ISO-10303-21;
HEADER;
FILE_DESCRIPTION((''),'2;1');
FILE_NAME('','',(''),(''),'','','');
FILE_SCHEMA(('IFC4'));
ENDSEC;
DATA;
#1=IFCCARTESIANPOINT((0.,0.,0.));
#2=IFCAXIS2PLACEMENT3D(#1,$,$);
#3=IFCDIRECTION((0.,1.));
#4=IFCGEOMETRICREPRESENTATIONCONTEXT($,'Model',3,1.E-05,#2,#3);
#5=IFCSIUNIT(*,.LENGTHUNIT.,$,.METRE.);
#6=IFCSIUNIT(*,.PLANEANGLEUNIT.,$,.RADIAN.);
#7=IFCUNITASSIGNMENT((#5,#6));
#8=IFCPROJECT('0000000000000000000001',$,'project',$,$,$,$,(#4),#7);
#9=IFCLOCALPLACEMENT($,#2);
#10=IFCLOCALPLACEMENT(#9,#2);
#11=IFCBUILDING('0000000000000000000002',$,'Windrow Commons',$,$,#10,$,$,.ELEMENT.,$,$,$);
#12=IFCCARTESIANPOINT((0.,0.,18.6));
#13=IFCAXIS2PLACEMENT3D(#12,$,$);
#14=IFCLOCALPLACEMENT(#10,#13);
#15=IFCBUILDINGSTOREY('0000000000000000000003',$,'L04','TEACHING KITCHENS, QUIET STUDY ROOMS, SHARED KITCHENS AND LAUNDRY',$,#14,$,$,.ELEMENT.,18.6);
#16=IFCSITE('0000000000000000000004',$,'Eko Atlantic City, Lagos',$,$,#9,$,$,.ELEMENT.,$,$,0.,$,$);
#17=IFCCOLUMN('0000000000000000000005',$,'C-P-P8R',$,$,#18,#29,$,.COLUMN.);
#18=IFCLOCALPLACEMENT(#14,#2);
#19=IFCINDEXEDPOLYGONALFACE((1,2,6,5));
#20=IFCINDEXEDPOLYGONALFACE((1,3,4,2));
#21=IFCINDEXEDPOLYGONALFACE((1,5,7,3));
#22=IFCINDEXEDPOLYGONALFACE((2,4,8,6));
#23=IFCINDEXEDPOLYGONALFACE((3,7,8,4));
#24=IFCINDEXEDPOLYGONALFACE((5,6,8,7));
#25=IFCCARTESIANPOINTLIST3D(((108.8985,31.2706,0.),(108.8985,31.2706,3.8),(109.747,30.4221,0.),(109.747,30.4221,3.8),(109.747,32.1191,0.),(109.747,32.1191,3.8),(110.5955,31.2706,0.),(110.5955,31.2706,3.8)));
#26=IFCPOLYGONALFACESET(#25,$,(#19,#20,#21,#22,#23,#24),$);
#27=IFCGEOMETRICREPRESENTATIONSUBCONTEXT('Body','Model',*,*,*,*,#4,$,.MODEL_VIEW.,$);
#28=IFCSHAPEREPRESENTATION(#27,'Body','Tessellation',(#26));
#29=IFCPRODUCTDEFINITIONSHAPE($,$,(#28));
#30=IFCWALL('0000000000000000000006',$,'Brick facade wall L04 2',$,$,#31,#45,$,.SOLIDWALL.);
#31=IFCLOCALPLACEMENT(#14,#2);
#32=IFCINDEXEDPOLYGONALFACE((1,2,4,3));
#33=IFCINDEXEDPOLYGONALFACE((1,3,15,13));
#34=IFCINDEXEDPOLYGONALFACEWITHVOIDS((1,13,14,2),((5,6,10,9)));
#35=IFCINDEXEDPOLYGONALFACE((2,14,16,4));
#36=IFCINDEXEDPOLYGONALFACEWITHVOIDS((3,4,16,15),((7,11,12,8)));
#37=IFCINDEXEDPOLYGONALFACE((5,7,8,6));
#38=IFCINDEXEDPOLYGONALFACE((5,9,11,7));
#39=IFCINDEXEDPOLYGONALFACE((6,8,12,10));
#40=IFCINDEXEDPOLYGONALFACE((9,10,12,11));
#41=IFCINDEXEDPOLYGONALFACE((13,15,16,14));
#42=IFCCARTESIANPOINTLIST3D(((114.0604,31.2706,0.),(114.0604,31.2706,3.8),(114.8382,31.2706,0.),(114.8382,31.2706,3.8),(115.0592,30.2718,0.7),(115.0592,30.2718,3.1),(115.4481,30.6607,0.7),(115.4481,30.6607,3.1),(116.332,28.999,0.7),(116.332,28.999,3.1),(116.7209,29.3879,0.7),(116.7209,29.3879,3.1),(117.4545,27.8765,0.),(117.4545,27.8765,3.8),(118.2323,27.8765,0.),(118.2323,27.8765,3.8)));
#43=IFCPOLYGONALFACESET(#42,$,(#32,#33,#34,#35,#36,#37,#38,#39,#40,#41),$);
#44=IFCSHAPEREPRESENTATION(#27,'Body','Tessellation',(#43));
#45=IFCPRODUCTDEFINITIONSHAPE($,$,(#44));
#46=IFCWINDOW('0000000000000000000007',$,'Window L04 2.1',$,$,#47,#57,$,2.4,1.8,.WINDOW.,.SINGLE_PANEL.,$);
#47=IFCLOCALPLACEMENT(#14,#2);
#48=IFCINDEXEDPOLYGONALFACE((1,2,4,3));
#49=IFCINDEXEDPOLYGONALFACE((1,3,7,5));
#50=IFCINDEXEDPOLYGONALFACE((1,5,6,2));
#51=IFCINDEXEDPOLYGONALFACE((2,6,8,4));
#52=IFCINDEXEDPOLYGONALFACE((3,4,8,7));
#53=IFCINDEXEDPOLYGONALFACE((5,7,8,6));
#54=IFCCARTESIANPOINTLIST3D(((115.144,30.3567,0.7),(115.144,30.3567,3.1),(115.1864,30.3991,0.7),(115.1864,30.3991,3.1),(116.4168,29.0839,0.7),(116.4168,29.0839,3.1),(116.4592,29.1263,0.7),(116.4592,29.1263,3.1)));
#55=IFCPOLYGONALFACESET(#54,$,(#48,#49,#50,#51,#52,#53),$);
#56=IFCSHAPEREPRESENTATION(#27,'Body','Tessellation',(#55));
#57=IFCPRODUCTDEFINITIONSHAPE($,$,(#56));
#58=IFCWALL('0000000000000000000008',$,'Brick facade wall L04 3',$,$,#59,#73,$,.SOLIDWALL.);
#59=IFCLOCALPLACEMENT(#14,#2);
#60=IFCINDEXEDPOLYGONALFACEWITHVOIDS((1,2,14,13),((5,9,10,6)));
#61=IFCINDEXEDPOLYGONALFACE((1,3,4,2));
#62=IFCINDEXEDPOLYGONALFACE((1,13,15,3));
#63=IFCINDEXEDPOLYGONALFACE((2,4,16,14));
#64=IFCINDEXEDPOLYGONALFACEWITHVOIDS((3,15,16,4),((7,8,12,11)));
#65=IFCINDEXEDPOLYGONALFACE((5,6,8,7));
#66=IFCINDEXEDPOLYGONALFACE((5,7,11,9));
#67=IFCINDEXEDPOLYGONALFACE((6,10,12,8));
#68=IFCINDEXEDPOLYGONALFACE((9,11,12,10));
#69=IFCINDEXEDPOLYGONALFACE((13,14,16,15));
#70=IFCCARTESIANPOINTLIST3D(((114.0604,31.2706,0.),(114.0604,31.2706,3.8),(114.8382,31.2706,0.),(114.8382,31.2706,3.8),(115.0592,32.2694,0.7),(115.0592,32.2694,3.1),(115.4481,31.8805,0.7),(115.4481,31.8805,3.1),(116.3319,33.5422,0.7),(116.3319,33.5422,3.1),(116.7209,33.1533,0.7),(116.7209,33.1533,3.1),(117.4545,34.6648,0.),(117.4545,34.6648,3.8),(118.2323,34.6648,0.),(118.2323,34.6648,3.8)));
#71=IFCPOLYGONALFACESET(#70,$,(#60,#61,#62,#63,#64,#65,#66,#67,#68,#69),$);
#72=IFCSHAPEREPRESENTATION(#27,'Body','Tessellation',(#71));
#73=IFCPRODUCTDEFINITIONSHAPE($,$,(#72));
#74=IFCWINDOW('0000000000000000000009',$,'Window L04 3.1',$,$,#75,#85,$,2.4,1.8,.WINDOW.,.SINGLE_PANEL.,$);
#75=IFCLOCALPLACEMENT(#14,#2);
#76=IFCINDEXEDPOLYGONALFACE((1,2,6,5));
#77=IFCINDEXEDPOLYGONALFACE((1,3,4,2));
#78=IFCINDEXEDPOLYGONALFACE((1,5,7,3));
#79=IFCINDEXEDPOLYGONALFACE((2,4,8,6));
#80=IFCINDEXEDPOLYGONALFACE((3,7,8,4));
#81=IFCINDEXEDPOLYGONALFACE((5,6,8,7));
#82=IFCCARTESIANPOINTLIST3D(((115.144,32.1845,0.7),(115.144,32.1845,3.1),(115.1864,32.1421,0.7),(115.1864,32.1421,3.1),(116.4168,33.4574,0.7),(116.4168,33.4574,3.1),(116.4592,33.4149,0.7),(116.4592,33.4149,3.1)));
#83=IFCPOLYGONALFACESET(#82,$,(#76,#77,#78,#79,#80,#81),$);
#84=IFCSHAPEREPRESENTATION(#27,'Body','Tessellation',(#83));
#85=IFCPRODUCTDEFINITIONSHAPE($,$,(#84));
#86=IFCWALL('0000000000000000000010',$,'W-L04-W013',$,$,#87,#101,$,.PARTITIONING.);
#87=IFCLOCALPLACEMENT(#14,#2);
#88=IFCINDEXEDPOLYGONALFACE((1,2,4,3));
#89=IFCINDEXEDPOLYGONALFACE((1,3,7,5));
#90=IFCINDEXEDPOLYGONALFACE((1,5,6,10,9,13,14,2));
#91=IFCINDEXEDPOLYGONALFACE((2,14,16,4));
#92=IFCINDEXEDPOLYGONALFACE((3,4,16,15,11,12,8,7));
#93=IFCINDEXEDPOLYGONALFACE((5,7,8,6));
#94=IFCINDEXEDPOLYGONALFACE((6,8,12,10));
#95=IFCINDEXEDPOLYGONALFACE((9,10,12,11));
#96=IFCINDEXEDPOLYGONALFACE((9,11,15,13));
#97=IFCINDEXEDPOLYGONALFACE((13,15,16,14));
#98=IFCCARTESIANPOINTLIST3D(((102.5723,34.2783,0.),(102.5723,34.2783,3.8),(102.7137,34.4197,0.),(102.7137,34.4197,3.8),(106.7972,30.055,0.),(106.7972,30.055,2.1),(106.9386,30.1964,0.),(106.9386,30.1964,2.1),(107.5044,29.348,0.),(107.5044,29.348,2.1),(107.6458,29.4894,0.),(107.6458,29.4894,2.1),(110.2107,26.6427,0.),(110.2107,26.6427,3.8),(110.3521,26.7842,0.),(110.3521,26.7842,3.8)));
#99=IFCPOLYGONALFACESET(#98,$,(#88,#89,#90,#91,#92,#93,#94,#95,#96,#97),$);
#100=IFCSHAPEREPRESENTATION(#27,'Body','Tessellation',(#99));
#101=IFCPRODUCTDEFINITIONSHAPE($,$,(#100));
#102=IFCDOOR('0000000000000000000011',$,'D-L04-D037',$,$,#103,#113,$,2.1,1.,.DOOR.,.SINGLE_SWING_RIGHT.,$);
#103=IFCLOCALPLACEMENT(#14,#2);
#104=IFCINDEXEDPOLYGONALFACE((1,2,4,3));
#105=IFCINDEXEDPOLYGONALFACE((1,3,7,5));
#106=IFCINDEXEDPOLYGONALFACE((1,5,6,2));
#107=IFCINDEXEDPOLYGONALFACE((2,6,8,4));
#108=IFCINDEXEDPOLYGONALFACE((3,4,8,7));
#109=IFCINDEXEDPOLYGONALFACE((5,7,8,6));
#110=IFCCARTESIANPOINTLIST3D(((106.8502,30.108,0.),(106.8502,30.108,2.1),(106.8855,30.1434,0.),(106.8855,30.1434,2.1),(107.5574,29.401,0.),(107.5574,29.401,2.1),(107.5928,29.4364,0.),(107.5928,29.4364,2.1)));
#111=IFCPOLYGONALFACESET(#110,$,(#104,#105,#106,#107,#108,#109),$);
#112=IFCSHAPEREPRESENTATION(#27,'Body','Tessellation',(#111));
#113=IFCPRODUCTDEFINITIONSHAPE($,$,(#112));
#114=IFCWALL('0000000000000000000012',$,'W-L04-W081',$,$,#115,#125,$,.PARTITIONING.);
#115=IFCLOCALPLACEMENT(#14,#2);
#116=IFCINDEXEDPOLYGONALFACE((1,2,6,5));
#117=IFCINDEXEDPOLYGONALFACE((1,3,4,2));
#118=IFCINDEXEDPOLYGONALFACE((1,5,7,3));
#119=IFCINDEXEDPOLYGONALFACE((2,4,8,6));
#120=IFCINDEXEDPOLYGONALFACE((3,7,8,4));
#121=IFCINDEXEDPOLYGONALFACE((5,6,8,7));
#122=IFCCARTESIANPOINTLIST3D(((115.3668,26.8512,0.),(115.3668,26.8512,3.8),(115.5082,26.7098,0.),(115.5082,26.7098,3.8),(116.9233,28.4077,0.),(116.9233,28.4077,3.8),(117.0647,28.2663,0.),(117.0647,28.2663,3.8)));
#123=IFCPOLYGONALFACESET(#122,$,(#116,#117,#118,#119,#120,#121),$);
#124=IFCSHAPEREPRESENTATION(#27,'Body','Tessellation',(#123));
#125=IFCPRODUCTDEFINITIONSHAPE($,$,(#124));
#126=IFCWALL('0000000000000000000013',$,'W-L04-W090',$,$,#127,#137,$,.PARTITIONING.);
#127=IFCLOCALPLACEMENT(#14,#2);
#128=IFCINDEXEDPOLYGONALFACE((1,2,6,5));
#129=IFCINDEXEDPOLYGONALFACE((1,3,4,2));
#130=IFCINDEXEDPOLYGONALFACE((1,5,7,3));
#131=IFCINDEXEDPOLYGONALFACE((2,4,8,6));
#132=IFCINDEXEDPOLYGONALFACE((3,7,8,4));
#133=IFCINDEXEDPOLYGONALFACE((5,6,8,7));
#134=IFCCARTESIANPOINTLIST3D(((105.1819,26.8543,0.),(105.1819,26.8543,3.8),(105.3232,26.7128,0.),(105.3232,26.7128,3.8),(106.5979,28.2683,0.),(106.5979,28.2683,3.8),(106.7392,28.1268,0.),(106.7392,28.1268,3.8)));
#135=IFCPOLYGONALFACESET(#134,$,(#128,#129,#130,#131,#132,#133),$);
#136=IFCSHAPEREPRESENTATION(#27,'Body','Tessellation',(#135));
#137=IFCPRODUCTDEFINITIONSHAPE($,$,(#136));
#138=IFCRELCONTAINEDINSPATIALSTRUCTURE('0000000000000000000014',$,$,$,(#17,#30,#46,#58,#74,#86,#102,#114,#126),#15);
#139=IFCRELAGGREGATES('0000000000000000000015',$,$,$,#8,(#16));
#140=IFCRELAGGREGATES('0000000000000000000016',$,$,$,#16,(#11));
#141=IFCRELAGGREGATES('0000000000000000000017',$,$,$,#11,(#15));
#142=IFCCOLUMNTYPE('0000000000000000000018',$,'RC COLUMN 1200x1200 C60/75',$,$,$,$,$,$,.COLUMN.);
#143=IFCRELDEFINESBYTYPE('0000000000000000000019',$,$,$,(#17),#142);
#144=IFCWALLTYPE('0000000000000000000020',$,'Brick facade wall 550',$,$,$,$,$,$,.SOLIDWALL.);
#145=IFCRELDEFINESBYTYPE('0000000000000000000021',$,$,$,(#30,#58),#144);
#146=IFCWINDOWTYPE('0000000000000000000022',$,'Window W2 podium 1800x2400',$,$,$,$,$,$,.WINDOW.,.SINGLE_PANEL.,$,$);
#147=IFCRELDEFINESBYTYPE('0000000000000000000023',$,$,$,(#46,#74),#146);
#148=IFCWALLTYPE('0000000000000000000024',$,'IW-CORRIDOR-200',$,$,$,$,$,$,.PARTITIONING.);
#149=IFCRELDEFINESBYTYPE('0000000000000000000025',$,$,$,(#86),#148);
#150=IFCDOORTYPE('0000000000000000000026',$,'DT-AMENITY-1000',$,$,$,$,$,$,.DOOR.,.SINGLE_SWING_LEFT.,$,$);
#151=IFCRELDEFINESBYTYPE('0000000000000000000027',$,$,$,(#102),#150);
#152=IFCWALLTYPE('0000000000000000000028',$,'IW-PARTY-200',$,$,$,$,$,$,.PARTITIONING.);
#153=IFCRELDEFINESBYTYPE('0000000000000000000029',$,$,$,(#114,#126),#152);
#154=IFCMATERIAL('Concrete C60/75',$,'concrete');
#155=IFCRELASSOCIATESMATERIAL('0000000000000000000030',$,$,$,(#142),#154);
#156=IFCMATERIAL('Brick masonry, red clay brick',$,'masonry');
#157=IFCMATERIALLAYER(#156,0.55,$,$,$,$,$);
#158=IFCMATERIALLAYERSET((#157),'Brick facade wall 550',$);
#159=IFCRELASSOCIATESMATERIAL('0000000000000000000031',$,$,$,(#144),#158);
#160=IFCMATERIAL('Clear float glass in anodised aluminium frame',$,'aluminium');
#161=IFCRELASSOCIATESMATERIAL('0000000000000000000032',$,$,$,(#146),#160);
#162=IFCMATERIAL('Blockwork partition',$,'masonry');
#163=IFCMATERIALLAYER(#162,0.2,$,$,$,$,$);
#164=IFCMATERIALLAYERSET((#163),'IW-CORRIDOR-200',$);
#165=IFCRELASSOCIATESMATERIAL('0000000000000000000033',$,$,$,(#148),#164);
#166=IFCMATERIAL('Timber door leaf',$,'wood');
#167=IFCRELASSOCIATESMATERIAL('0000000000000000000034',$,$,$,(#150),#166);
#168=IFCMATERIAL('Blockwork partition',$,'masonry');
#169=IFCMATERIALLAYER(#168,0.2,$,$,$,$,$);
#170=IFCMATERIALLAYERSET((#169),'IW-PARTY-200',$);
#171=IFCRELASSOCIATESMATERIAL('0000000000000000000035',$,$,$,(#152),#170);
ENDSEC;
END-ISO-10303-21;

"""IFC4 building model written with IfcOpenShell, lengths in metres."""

from ifc_helpers import new_model, si_unit, direction, frame, frame_2d, origin, origin_2d, place, context, subcontext, project, spatial, polyline, rectangle, outline, extrude, material, layer, layer_set, material_profile, profile_set, type_object, element, fill, save


model = new_model("IFC4")

# Units and contexts
model_context = context("Model", 3, precision=1e-05, world=origin(), true_north=direction((0.0, 1.0)))
body_context = subcontext(model_context, "Body", "Model", "MODEL_VIEW")
ifc_project = project(units=[si_unit("LENGTHUNIT", "METRE"), si_unit("PLANEANGLEUNIT", "RADIAN")], contexts=[model_context])

# Site, building, storey
site_placement = place(None, origin())
site = spatial("IfcSite", under=ifc_project, at=site_placement, Name="Eko Atlantic City, Lagos", CompositionType="ELEMENT", RefElevation=0.0)
building_placement = place(site_placement, origin())
building = spatial("IfcBuilding", under=site, at=building_placement, Name="Windrow Commons", CompositionType="ELEMENT")
storey_placement = place(building_placement, frame((0.0, 0.0, 18.6)))
storey = spatial("IfcBuildingStorey", under=building, at=storey_placement, Name="L04", Description="TEACHING KITCHENS, QUIET STUDY ROOMS, SHARED KITCHENS AND LAUNDRY", CompositionType="ELEMENT", Elevation=18.6)

# Column
ifc_material_1 = material(Name="Concrete C60/75", Category="concrete")
ifc_material_profile = material_profile(ifc_material_1, rectangle(XDim=1.2, YDim=1.2, at=origin_2d()))
ifc_profile_set = profile_set([ifc_material_profile], Name="Concrete C60/75")
column_type = type_object("IfcColumnType", Name="RC COLUMN 1200x1200 C60/75", PredefinedType="COLUMN", material=ifc_profile_set)
column_placement = place(storey_placement, frame((109.747, 31.2706, 0.0), z_axis=(0.0, 0.0, 1.0), x_axis=(0.707107, -0.707107, 0.0)))
element("IfcColumn", 1, at=column_placement, inside=storey, type_object=column_type, Name="C-P-P8R", PredefinedType="COLUMN", context=body_context, shape_type="SweptSolid", body=[
    extrude(rectangle(XDim=1.2, YDim=1.2, at=origin_2d()), origin(), (0.0, 0.0, 1.0), 3.8),
])

# Walls, openings, windows
ifc_material_2 = material(Name="Brick masonry, red clay brick", Category="masonry")
ifc_layer_1 = layer(ifc_material_2, 0.55)
ifc_layer_set_1 = layer_set([ifc_layer_1], Name="Brick facade wall 550")
wall_type_1 = type_object("IfcWallType", Name="Brick facade wall 550", PredefinedType="SOLIDWALL", material=ifc_layer_set_1)
wall_1_placement = place(storey_placement, frame((117.8434, 27.8765, 0.0), z_axis=(0.0, 0.0, 1.0), x_axis=(-0.707107, 0.707107, 0.0)))
wall_1 = element("IfcWall", 2, at=wall_1_placement, inside=storey, type_object=wall_type_1, Name="Brick facade wall L04 2", PredefinedType="SOLIDWALL", context=body_context, shape_type="SweptSolid", body=[
    extrude(outline(polyline([(-0.275, -0.275), (4.525, -0.275), (5.075, 0.275), (0.275, 0.275), (-0.275, -0.275)])), origin(), (0.0, 0.0, 1.0), 3.8),
])
opening_1_placement = place(wall_1_placement, frame((1.8625, 0.0, 0.7)))
opening_1 = element("IfcOpeningElement", 3, at=opening_1_placement, cuts=wall_1, PredefinedType="OPENING", context=body_context, shape_type="SweptSolid", body=[
    extrude(rectangle(XDim=1.8, YDim=2.4, at=frame_2d((0.9, 1.2))), frame((0.0, 0.285, 0.0), z_axis=(0.0, -1.0, 0.0), x_axis=(1.0, 0.0, 0.0)), (0.0, 0.0, 1.0), 0.57),
])
ifc_material_3 = material(Name="Clear float glass in anodised aluminium frame", Category="aluminium")
window_type = type_object("IfcWindowType", Name="Window W2 podium 1800x2400", PartitioningType="SINGLE_PANEL", PredefinedType="WINDOW", material=ifc_material_3)
window_1_placement = place(opening_1_placement, origin())
window_1 = element("IfcWindow", 4, at=window_1_placement, inside=storey, type_object=window_type, Name="Window L04 2.1", OverallHeight=2.4, OverallWidth=1.8, PartitioningType="SINGLE_PANEL", PredefinedType="WINDOW", context=body_context, shape_type="SweptSolid", body=[
    extrude(rectangle(XDim=1.8, YDim=2.4, at=frame_2d((0.9, 1.2))), frame((0.0, 0.155, 0.0), z_axis=(0.0, -1.0, 0.0), x_axis=(1.0, 0.0, 0.0)), (0.0, 0.0, 1.0), 0.06),
])
fill(opening_1, window_1)
wall_2_placement = place(storey_placement, frame((114.4493, 31.2706, 0.0), z_axis=(0.0, 0.0, 1.0), x_axis=(0.707096, 0.707117, 0.0)))
wall_2 = element("IfcWall", 5, at=wall_2_placement, inside=storey, type_object=wall_type_1, Name="Brick facade wall L04 3", PredefinedType="SOLIDWALL", context=body_context, shape_type="SweptSolid", body=[
    extrude(outline(polyline([(0.275, -0.275), (5.075, -0.275), (4.5251, 0.275), (-0.275, 0.275), (0.275, -0.275)])), origin(), (0.0, 0.0, 1.0), 3.8),
])
opening_2_placement = place(wall_2_placement, frame((1.1375, 0.0, 0.7)))
opening_2 = element("IfcOpeningElement", 6, at=opening_2_placement, cuts=wall_2, PredefinedType="OPENING", context=body_context, shape_type="SweptSolid", body=[
    extrude(rectangle(XDim=1.8, YDim=2.4, at=frame_2d((0.9, 1.2))), frame((0.0, 0.285, 0.0), z_axis=(0.0, -1.0, 0.0), x_axis=(1.0, 0.0, 0.0)), (0.0, 0.0, 1.0), 0.57),
])
window_2_placement = place(opening_2_placement, origin())
window_2 = element("IfcWindow", 7, at=window_2_placement, inside=storey, type_object=window_type, Name="Window L04 3.1", OverallHeight=2.4, OverallWidth=1.8, PartitioningType="SINGLE_PANEL", PredefinedType="WINDOW", context=body_context, shape_type="SweptSolid", body=[
    extrude(rectangle(XDim=1.8, YDim=2.4, at=frame_2d((0.9, 1.2))), frame((0.0, 0.155, 0.0), z_axis=(0.0, -1.0, 0.0), x_axis=(1.0, 0.0, 0.0)), (0.0, 0.0, 1.0), 0.06),
])
fill(opening_2, window_2)

# Wall, opening, door
ifc_material_4 = material(Name="Blockwork partition", Category="masonry")
ifc_layer_2 = layer(ifc_material_4, 0.2)
ifc_layer_set_2 = layer_set([ifc_layer_2], Name="IW-CORRIDOR-200")
wall_type_2 = type_object("IfcWallType", Name="IW-CORRIDOR-200", PredefinedType="PARTITIONING", material=ifc_layer_set_2)
wall_3_placement = place(storey_placement, frame((110.2814, 26.7134, 0.0), z_axis=(0.0, 0.0, 1.0), x_axis=(-0.707236, 0.706977, 0.0)))
wall_3 = element("IfcWall", 8, at=wall_3_placement, inside=storey, type_object=wall_type_2, Name="W-L04-W013", PredefinedType="PARTITIONING", context=body_context, shape_type="SweptSolid", body=[
    extrude(rectangle(XDim=10.8003, YDim=0.2, at=frame_2d((5.4002, 0.0))), origin(), (0.0, 0.0, 1.0), 3.8),
])
opening_3_placement = place(wall_3_placement, frame((3.8266, 0.0, 0.0)))
opening_3 = element("IfcOpeningElement", 9, at=opening_3_placement, cuts=wall_3, PredefinedType="OPENING", context=body_context, shape_type="SweptSolid", body=[
    extrude(rectangle(XDim=1.0, YDim=2.1, at=frame_2d((0.5, 1.05))), frame((0.0, 0.11, 0.0), z_axis=(0.0, -1.0, 0.0), x_axis=(1.0, 0.0, 0.0)), (0.0, 0.0, 1.0), 0.22),
])
ifc_material_5 = material(Name="Timber door leaf", Category="wood")
door_type = type_object("IfcDoorType", Name="DT-AMENITY-1000", OperationType="SINGLE_SWING_LEFT", PredefinedType="DOOR", material=ifc_material_5)
door_placement = place(opening_3_placement, origin())
door = element("IfcDoor", 10, at=door_placement, inside=storey, type_object=door_type, Name="D-L04-D037", OperationType="SINGLE_SWING_RIGHT", OverallHeight=2.1, OverallWidth=1.0, PredefinedType="DOOR", context=body_context, shape_type="SweptSolid", body=[
    extrude(rectangle(XDim=1.0, YDim=2.1, at=frame_2d((0.5, 1.05))), frame((0.0, 0.025, 0.0), z_axis=(0.0, -1.0, 0.0), x_axis=(1.0, 0.0, 0.0)), (0.0, 0.0, 1.0), 0.05),
])
fill(opening_3, door)

# Walls
ifc_material_6 = material(Name="Blockwork partition", Category="masonry")
ifc_layer_3 = layer(ifc_material_6, 0.2)
ifc_layer_set_3 = layer_set([ifc_layer_3], Name="IW-PARTY-200")
wall_type_3 = type_object("IfcWallType", Name="IW-PARTY-200", PredefinedType="PARTITIONING", material=ifc_layer_set_3)
wall_4_placement = place(storey_placement, frame((115.4375, 26.7805, 0.0), z_axis=(0.0, 0.0, 1.0), x_axis=(0.707107, 0.707107, 0.0)))
element("IfcWall", 11, at=wall_4_placement, inside=storey, type_object=wall_type_3, Name="W-L04-W081", PredefinedType="PARTITIONING", context=body_context, shape_type="SweptSolid", body=[
    extrude(rectangle(XDim=2.2012, YDim=0.2, at=frame_2d((1.1006, 0.0))), origin(), (0.0, 0.0, 1.0), 3.8),
])
wall_5_placement = place(storey_placement, frame((105.2525, 26.7835, 0.0), z_axis=(0.0, 0.0, 1.0), x_axis=(0.707606, 0.706607, 0.0)))
element("IfcWall", 12, at=wall_5_placement, inside=storey, type_object=wall_type_3, Name="W-L04-W090", PredefinedType="PARTITIONING", context=body_context, shape_type="SweptSolid", body=[
    extrude(rectangle(XDim=2.0011, YDim=0.2, at=frame_2d((1.0006, 0.0))), origin(), (0.0, 0.0, 1.0), 3.8),
])

save(model, "model.ifc")
